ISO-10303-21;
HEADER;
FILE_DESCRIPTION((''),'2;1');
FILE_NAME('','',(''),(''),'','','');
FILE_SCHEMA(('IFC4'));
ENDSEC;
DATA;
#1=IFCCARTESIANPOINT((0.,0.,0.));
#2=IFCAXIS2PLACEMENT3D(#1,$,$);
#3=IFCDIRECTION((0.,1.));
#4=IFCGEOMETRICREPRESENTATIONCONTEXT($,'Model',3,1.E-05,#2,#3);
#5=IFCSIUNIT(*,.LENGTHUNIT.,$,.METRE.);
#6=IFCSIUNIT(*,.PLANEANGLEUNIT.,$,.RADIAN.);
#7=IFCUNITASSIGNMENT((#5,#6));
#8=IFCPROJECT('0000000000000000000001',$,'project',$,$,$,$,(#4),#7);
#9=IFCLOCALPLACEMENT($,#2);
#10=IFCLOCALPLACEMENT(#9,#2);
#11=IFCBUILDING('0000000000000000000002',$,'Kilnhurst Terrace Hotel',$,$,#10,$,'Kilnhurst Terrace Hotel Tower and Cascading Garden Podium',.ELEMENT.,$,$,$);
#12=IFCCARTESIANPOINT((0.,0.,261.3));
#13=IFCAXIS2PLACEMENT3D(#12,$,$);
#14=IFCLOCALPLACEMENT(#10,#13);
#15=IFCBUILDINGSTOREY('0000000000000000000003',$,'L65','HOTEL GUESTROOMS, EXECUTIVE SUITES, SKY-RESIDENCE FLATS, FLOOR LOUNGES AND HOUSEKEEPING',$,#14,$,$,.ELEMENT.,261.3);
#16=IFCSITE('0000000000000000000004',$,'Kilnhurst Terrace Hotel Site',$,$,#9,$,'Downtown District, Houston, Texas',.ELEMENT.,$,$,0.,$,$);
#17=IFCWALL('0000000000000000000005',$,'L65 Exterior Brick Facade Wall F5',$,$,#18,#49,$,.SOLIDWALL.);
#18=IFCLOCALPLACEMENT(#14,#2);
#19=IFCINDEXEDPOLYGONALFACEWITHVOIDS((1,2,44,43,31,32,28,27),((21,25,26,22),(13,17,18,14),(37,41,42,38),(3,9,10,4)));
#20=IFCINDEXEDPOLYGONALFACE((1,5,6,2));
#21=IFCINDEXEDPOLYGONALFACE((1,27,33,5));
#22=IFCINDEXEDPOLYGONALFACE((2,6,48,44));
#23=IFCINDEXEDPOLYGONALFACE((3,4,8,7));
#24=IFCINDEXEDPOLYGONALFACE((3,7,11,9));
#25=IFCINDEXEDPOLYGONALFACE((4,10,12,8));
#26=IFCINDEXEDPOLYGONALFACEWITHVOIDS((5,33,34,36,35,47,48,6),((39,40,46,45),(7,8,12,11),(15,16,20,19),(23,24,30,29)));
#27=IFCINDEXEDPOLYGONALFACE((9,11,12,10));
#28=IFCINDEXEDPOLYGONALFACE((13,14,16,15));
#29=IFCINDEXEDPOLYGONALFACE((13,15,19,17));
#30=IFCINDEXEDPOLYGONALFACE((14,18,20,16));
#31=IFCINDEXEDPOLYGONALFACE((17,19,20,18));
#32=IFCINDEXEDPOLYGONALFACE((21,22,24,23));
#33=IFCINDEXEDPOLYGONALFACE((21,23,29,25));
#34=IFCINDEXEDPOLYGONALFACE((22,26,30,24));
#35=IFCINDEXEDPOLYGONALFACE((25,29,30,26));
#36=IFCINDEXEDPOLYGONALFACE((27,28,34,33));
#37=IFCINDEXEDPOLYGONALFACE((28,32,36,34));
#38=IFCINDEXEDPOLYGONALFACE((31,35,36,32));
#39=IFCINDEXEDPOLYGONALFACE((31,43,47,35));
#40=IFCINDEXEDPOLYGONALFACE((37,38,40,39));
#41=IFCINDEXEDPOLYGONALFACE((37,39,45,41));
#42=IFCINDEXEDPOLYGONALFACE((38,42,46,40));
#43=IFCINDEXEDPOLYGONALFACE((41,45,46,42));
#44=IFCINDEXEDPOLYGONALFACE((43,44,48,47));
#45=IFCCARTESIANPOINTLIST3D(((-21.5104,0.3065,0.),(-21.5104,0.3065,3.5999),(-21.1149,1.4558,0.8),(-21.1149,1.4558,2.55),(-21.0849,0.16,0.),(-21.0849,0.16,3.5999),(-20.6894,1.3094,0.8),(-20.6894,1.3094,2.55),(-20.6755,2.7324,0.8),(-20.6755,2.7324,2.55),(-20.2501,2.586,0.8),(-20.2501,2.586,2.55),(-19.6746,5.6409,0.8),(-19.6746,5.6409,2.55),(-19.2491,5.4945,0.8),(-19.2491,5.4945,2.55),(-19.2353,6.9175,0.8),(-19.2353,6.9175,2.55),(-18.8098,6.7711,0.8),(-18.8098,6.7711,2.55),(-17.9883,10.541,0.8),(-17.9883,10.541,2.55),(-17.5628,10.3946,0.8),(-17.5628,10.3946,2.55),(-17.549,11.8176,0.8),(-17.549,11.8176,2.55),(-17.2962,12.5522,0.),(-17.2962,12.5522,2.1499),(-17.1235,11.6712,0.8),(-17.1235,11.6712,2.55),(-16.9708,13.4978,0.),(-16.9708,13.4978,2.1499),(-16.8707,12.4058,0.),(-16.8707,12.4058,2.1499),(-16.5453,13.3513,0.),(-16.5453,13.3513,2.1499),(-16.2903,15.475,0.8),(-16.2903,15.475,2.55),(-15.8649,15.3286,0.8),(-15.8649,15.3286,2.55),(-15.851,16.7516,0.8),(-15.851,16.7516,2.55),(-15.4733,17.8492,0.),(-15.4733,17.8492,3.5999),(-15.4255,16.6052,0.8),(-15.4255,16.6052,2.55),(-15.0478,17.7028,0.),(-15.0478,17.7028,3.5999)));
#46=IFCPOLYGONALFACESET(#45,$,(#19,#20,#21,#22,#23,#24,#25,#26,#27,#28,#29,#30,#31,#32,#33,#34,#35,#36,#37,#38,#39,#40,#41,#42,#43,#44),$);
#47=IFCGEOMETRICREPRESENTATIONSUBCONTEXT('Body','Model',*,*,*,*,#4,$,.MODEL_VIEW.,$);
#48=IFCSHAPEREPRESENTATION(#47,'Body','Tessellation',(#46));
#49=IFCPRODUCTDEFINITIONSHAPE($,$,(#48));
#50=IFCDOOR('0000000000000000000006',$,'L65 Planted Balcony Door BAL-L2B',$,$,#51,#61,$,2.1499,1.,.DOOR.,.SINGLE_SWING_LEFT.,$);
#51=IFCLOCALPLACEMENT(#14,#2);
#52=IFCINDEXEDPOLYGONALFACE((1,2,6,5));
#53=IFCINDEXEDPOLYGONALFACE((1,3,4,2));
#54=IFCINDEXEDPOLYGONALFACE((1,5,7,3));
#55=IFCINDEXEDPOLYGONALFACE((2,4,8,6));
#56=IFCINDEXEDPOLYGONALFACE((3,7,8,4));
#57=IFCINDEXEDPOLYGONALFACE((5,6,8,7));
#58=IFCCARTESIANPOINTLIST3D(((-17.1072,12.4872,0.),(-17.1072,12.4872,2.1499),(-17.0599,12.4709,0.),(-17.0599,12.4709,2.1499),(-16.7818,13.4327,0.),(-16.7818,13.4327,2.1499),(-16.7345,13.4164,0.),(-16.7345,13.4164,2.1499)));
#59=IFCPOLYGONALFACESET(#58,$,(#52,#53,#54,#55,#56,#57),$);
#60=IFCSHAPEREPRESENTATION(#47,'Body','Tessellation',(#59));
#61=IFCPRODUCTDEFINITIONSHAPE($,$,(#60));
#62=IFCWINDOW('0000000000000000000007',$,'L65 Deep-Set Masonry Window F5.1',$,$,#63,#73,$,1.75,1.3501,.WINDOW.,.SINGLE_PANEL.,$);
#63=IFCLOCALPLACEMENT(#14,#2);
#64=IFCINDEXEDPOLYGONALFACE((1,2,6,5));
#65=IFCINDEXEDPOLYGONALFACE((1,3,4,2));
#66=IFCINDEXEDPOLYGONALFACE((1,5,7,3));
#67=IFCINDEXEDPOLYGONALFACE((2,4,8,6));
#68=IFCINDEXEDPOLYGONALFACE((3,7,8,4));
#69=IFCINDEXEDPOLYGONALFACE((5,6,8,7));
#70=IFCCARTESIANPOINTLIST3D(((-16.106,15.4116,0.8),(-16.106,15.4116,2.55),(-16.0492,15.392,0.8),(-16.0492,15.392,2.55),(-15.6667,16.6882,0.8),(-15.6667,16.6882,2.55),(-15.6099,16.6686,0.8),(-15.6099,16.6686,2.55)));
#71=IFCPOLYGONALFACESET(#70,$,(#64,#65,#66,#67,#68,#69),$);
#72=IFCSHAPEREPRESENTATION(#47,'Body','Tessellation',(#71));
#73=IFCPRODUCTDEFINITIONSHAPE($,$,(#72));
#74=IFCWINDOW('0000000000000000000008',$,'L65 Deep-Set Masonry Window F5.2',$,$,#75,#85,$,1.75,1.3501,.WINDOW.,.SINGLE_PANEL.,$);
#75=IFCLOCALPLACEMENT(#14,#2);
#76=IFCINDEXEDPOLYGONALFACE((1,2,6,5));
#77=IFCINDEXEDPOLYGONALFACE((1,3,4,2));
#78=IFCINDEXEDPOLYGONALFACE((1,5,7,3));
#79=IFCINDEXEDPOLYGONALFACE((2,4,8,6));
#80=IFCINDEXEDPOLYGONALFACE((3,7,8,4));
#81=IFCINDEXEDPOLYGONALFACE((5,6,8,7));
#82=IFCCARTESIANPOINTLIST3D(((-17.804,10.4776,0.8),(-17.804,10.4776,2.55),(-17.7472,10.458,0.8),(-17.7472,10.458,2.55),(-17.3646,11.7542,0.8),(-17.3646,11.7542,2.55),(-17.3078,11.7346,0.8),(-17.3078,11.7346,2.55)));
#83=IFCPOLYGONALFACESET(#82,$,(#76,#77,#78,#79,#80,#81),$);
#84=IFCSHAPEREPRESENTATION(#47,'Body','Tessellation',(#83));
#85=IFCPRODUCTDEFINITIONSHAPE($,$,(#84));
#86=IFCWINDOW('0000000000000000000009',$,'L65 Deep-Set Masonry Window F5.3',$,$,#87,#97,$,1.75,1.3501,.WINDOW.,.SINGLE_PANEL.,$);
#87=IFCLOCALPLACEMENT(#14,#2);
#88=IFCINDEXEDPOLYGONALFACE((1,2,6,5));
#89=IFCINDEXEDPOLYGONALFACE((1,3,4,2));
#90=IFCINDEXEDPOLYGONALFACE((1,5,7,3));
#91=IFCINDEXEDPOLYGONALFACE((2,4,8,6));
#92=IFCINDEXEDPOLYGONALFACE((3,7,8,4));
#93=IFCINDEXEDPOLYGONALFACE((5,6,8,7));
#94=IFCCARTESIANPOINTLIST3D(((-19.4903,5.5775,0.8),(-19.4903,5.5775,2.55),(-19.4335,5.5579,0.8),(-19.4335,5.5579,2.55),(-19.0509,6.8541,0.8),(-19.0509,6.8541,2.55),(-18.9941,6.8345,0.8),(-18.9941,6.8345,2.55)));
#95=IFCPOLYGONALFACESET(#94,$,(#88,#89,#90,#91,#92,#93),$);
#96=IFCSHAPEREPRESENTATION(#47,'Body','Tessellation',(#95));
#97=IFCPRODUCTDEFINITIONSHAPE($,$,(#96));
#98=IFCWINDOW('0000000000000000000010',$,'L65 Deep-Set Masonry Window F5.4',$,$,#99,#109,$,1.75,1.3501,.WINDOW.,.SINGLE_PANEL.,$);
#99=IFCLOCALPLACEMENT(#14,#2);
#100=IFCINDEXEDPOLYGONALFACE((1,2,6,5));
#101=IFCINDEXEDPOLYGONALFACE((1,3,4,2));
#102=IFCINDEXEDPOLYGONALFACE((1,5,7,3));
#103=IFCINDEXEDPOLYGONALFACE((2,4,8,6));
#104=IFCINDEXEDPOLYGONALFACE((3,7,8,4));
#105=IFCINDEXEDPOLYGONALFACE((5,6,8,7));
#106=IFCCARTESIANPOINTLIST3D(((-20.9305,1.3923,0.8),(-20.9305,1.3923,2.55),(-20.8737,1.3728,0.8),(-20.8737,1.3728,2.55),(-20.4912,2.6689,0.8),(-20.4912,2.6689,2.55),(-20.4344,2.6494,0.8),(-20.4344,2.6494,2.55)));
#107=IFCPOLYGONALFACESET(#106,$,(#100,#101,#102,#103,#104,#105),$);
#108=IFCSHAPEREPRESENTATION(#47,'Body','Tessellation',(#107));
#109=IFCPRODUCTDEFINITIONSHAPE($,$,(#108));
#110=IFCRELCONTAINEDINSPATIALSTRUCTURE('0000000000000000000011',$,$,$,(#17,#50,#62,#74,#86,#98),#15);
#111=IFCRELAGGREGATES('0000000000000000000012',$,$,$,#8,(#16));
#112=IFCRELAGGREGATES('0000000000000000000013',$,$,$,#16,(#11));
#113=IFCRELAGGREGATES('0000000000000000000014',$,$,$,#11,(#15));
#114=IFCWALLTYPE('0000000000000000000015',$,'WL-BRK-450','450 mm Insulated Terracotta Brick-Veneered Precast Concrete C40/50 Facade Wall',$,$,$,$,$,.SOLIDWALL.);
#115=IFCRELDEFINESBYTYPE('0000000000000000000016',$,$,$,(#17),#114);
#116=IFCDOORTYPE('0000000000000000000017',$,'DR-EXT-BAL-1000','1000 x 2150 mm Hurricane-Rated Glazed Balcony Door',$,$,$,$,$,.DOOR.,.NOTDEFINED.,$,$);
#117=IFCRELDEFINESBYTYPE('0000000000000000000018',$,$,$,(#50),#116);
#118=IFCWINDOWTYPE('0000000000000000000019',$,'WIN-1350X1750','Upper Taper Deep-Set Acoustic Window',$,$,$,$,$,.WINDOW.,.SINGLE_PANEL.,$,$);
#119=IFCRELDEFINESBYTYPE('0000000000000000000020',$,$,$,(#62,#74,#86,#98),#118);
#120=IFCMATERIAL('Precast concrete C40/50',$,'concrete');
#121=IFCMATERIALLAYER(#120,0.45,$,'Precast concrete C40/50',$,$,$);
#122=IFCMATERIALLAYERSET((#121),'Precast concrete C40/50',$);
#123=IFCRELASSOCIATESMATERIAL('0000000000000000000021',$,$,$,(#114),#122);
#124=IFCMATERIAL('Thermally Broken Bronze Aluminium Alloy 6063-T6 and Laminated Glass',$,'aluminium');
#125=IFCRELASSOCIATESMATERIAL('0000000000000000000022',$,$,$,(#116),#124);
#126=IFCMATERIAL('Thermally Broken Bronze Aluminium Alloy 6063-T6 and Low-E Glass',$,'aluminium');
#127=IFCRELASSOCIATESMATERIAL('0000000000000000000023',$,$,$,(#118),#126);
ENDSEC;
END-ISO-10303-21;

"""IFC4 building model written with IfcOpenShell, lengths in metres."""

from ifc_helpers import new_model, si_unit, direction, frame, frame_2d, origin, place, context, subcontext, project, spatial, rectangle, extrude, material, layer, layer_set, type_object, element, fill, save


model = new_model("IFC4")

# Units and contexts
model_context = context("Model", 3, precision=1e-05, world=origin(), true_north=direction((0.0, 1.0)))
body_context = subcontext(model_context, "Body", "Model", "MODEL_VIEW")
ifc_project = project(units=[si_unit("LENGTHUNIT", "METRE"), si_unit("PLANEANGLEUNIT", "RADIAN")], contexts=[model_context])

# Site, building, storey
site_placement = place(None, origin())
site = spatial("IfcSite", under=ifc_project, at=site_placement, Name="Kilnhurst Terrace Hotel Site", LongName="Downtown District, Houston, Texas", CompositionType="ELEMENT", RefElevation=0.0)
building_placement = place(site_placement, origin())
building = spatial("IfcBuilding", under=site, at=building_placement, Name="Kilnhurst Terrace Hotel", LongName="Kilnhurst Terrace Hotel Tower and Cascading Garden Podium", CompositionType="ELEMENT")
storey_placement = place(building_placement, frame((0.0, 0.0, 261.3)))
storey = spatial("IfcBuildingStorey", under=building, at=storey_placement, Name="L65", Description="HOTEL GUESTROOMS, EXECUTIVE SUITES, SKY-RESIDENCE FLATS, FLOOR LOUNGES AND HOUSEKEEPING", CompositionType="ELEMENT", Elevation=261.3)

# Shared definitions
ifc_material_1 = material(Name="Precast concrete C40/50", Category="concrete")
ifc_layer_1 = layer(ifc_material_1, 0.45, Name="Precast concrete C40/50")
ifc_layer_set_1 = layer_set([ifc_layer_1], Name="Precast concrete C40/50")
wall_type_1 = type_object("IfcWallType", Name="WL-BRK-450", Description="450 mm Insulated Terracotta Brick-Veneered Precast Concrete C40/50 Facade Wall", PredefinedType="SOLIDWALL", material=ifc_layer_set_1)

# Wall, openings, door, windows
wall_1_placement = place(storey_placement, frame((-15.2605, 17.7761, 0.0), z_axis=(0.0, 0.0, 1.0), x_axis=(-0.325407, -0.945574, 0.0)))
wall_1 = element("IfcWall", 1, at=wall_1_placement, inside=storey, type_object=wall_type_1, Name="L65 Exterior Brick Facade Wall F5", PredefinedType="SOLIDWALL", context=body_context, shape_type="SweptSolid", body=[
    extrude(rectangle(XDim=18.5525, YDim=0.45, at=frame_2d((9.2764, 0.0))), origin(), (0.0, 0.0, 1.0), 3.5999),
])
opening_1_placement = place(wall_1_placement, frame((4.6021, 0.0, 0.0)))
opening_1 = element("IfcOpeningElement", 2, at=opening_1_placement, cuts=wall_1, PredefinedType="OPENING", context=body_context, shape_type="SweptSolid", body=[
    extrude(rectangle(XDim=1.0, YDim=2.1499, at=frame_2d((0.5, 1.075))), frame((0.0, 0.2349, 0.0), z_axis=(0.0, -1.0, 0.0), x_axis=(1.0, 0.0, 0.0)), (0.0, 0.0, 1.0), 0.47),
])
opening_2_placement = place(wall_1_placement, frame((1.1609, 0.0, 0.8)))
opening_2 = element("IfcOpeningElement", 3, at=opening_2_placement, cuts=wall_1, PredefinedType="OPENING", context=body_context, shape_type="SweptSolid", body=[
    extrude(rectangle(XDim=1.3501, YDim=1.75, at=frame_2d((0.675, 0.875))), frame((0.0, 0.2349, 0.0), z_axis=(0.0, -1.0, 0.0), x_axis=(1.0, 0.0, 0.0)), (0.0, 0.0, 1.0), 0.47),
])
opening_3_placement = place(wall_1_placement, frame((6.3789, 0.0, 0.8)))
opening_3 = element("IfcOpeningElement", 4, at=opening_3_placement, cuts=wall_1, PredefinedType="OPENING", context=body_context, shape_type="SweptSolid", body=[
    extrude(rectangle(XDim=1.3501, YDim=1.75, at=frame_2d((0.675, 0.875))), frame((0.0, 0.2349, 0.0), z_axis=(0.0, -1.0, 0.0), x_axis=(1.0, 0.0, 0.0)), (0.0, 0.0, 1.0), 0.47),
])
opening_4_placement = place(wall_1_placement, frame((11.561, 0.0, 0.8)))
opening_4 = element("IfcOpeningElement", 5, at=opening_4_placement, cuts=wall_1, PredefinedType="OPENING", context=body_context, shape_type="SweptSolid", body=[
    extrude(rectangle(XDim=1.3501, YDim=1.75, at=frame_2d((0.675, 0.875))), frame((0.0, 0.2349, 0.0), z_axis=(0.0, -1.0, 0.0), x_axis=(1.0, 0.0, 0.0)), (0.0, 0.0, 1.0), 0.47),
])
opening_5_placement = place(wall_1_placement, frame((15.9871, 0.0, 0.8)))
opening_5 = element("IfcOpeningElement", 6, at=opening_5_placement, cuts=wall_1, PredefinedType="OPENING", context=body_context, shape_type="SweptSolid", body=[
    extrude(rectangle(XDim=1.3501, YDim=1.75, at=frame_2d((0.675, 0.875))), frame((0.0, 0.2349, 0.0), z_axis=(0.0, -1.0, 0.0), x_axis=(1.0, 0.0, 0.0)), (0.0, 0.0, 1.0), 0.47),
])
ifc_material_2 = material(Name="Thermally Broken Bronze Aluminium Alloy 6063-T6 and Laminated Glass", Category="aluminium")
door_type_1 = type_object("IfcDoorType", Name="DR-EXT-BAL-1000", Description="1000 x 2150 mm Hurricane-Rated Glazed Balcony Door", OperationType="NOTDEFINED", PredefinedType="DOOR", material=ifc_material_2)
door_1_placement = place(opening_1_placement, origin())
door_1 = element("IfcDoor", 7, at=door_1_placement, inside=storey, type_object=door_type_1, Name="L65 Planted Balcony Door BAL-L2B", OperationType="SINGLE_SWING_LEFT", OverallHeight=2.1499, OverallWidth=1.0, PredefinedType="DOOR", context=body_context, shape_type="SweptSolid", body=[
    extrude(rectangle(XDim=1.0, YDim=2.1499, at=frame_2d((0.5, 1.075))), frame((0.0, 0.0249, 0.0), z_axis=(0.0, -1.0, 0.0), x_axis=(1.0, 0.0, 0.0)), (0.0, 0.0, 1.0), 0.05),
])
fill(opening_1, door_1)
ifc_material_3 = material(Name="Thermally Broken Bronze Aluminium Alloy 6063-T6 and Low-E Glass", Category="aluminium")
window_type = type_object("IfcWindowType", Name="WIN-1350X1750", Description="Upper Taper Deep-Set Acoustic Window", PartitioningType="SINGLE_PANEL", PredefinedType="WINDOW", material=ifc_material_3)
window_1_placement = place(opening_2_placement, origin())
window_1 = element("IfcWindow", 8, at=window_1_placement, inside=storey, type_object=window_type, Name="L65 Deep-Set Masonry Window F5.1", OverallHeight=1.75, OverallWidth=1.3501, PartitioningType="SINGLE_PANEL", PredefinedType="WINDOW", context=body_context, shape_type="SweptSolid", body=[
    extrude(rectangle(XDim=1.3501, YDim=1.75, at=frame_2d((0.675, 0.875))), frame((0.0, 0.03, 0.0), z_axis=(0.0, -1.0, 0.0), x_axis=(1.0, 0.0, 0.0)), (0.0, 0.0, 1.0), 0.0601),
])
fill(opening_2, window_1)
window_2_placement = place(opening_3_placement, origin())
window_2 = element("IfcWindow", 9, at=window_2_placement, inside=storey, type_object=window_type, Name="L65 Deep-Set Masonry Window F5.2", OverallHeight=1.75, OverallWidth=1.3501, PartitioningType="SINGLE_PANEL", PredefinedType="WINDOW", context=body_context, shape_type="SweptSolid", body=[
    extrude(rectangle(XDim=1.3501, YDim=1.75, at=frame_2d((0.675, 0.875))), frame((0.0, 0.03, 0.0), z_axis=(0.0, -1.0, 0.0), x_axis=(1.0, 0.0, 0.0)), (0.0, 0.0, 1.0), 0.0601),
])
fill(opening_3, window_2)
window_3_placement = place(opening_4_placement, origin())
window_3 = element("IfcWindow", 10, at=window_3_placement, inside=storey, type_object=window_type, Name="L65 Deep-Set Masonry Window F5.3", OverallHeight=1.75, OverallWidth=1.3501, PartitioningType="SINGLE_PANEL", PredefinedType="WINDOW", context=body_context, shape_type="SweptSolid", body=[
    extrude(rectangle(XDim=1.3501, YDim=1.75, at=frame_2d((0.675, 0.875))), frame((0.0, 0.03, 0.0), z_axis=(0.0, -1.0, 0.0), x_axis=(1.0, 0.0, 0.0)), (0.0, 0.0, 1.0), 0.0601),
])
fill(opening_4, window_3)
window_4_placement = place(opening_5_placement, origin())
window_4 = element("IfcWindow", 11, at=window_4_placement, inside=storey, type_object=window_type, Name="L65 Deep-Set Masonry Window F5.4", OverallHeight=1.75, OverallWidth=1.3501, PartitioningType="SINGLE_PANEL", PredefinedType="WINDOW", context=body_context, shape_type="SweptSolid", body=[
    extrude(rectangle(XDim=1.3501, YDim=1.75, at=frame_2d((0.675, 0.875))), frame((0.0, 0.03, 0.0), z_axis=(0.0, -1.0, 0.0), x_axis=(1.0, 0.0, 0.0)), (0.0, 0.0, 1.0), 0.0601),
])
fill(opening_5, window_4)

save(model, "model.ifc")
